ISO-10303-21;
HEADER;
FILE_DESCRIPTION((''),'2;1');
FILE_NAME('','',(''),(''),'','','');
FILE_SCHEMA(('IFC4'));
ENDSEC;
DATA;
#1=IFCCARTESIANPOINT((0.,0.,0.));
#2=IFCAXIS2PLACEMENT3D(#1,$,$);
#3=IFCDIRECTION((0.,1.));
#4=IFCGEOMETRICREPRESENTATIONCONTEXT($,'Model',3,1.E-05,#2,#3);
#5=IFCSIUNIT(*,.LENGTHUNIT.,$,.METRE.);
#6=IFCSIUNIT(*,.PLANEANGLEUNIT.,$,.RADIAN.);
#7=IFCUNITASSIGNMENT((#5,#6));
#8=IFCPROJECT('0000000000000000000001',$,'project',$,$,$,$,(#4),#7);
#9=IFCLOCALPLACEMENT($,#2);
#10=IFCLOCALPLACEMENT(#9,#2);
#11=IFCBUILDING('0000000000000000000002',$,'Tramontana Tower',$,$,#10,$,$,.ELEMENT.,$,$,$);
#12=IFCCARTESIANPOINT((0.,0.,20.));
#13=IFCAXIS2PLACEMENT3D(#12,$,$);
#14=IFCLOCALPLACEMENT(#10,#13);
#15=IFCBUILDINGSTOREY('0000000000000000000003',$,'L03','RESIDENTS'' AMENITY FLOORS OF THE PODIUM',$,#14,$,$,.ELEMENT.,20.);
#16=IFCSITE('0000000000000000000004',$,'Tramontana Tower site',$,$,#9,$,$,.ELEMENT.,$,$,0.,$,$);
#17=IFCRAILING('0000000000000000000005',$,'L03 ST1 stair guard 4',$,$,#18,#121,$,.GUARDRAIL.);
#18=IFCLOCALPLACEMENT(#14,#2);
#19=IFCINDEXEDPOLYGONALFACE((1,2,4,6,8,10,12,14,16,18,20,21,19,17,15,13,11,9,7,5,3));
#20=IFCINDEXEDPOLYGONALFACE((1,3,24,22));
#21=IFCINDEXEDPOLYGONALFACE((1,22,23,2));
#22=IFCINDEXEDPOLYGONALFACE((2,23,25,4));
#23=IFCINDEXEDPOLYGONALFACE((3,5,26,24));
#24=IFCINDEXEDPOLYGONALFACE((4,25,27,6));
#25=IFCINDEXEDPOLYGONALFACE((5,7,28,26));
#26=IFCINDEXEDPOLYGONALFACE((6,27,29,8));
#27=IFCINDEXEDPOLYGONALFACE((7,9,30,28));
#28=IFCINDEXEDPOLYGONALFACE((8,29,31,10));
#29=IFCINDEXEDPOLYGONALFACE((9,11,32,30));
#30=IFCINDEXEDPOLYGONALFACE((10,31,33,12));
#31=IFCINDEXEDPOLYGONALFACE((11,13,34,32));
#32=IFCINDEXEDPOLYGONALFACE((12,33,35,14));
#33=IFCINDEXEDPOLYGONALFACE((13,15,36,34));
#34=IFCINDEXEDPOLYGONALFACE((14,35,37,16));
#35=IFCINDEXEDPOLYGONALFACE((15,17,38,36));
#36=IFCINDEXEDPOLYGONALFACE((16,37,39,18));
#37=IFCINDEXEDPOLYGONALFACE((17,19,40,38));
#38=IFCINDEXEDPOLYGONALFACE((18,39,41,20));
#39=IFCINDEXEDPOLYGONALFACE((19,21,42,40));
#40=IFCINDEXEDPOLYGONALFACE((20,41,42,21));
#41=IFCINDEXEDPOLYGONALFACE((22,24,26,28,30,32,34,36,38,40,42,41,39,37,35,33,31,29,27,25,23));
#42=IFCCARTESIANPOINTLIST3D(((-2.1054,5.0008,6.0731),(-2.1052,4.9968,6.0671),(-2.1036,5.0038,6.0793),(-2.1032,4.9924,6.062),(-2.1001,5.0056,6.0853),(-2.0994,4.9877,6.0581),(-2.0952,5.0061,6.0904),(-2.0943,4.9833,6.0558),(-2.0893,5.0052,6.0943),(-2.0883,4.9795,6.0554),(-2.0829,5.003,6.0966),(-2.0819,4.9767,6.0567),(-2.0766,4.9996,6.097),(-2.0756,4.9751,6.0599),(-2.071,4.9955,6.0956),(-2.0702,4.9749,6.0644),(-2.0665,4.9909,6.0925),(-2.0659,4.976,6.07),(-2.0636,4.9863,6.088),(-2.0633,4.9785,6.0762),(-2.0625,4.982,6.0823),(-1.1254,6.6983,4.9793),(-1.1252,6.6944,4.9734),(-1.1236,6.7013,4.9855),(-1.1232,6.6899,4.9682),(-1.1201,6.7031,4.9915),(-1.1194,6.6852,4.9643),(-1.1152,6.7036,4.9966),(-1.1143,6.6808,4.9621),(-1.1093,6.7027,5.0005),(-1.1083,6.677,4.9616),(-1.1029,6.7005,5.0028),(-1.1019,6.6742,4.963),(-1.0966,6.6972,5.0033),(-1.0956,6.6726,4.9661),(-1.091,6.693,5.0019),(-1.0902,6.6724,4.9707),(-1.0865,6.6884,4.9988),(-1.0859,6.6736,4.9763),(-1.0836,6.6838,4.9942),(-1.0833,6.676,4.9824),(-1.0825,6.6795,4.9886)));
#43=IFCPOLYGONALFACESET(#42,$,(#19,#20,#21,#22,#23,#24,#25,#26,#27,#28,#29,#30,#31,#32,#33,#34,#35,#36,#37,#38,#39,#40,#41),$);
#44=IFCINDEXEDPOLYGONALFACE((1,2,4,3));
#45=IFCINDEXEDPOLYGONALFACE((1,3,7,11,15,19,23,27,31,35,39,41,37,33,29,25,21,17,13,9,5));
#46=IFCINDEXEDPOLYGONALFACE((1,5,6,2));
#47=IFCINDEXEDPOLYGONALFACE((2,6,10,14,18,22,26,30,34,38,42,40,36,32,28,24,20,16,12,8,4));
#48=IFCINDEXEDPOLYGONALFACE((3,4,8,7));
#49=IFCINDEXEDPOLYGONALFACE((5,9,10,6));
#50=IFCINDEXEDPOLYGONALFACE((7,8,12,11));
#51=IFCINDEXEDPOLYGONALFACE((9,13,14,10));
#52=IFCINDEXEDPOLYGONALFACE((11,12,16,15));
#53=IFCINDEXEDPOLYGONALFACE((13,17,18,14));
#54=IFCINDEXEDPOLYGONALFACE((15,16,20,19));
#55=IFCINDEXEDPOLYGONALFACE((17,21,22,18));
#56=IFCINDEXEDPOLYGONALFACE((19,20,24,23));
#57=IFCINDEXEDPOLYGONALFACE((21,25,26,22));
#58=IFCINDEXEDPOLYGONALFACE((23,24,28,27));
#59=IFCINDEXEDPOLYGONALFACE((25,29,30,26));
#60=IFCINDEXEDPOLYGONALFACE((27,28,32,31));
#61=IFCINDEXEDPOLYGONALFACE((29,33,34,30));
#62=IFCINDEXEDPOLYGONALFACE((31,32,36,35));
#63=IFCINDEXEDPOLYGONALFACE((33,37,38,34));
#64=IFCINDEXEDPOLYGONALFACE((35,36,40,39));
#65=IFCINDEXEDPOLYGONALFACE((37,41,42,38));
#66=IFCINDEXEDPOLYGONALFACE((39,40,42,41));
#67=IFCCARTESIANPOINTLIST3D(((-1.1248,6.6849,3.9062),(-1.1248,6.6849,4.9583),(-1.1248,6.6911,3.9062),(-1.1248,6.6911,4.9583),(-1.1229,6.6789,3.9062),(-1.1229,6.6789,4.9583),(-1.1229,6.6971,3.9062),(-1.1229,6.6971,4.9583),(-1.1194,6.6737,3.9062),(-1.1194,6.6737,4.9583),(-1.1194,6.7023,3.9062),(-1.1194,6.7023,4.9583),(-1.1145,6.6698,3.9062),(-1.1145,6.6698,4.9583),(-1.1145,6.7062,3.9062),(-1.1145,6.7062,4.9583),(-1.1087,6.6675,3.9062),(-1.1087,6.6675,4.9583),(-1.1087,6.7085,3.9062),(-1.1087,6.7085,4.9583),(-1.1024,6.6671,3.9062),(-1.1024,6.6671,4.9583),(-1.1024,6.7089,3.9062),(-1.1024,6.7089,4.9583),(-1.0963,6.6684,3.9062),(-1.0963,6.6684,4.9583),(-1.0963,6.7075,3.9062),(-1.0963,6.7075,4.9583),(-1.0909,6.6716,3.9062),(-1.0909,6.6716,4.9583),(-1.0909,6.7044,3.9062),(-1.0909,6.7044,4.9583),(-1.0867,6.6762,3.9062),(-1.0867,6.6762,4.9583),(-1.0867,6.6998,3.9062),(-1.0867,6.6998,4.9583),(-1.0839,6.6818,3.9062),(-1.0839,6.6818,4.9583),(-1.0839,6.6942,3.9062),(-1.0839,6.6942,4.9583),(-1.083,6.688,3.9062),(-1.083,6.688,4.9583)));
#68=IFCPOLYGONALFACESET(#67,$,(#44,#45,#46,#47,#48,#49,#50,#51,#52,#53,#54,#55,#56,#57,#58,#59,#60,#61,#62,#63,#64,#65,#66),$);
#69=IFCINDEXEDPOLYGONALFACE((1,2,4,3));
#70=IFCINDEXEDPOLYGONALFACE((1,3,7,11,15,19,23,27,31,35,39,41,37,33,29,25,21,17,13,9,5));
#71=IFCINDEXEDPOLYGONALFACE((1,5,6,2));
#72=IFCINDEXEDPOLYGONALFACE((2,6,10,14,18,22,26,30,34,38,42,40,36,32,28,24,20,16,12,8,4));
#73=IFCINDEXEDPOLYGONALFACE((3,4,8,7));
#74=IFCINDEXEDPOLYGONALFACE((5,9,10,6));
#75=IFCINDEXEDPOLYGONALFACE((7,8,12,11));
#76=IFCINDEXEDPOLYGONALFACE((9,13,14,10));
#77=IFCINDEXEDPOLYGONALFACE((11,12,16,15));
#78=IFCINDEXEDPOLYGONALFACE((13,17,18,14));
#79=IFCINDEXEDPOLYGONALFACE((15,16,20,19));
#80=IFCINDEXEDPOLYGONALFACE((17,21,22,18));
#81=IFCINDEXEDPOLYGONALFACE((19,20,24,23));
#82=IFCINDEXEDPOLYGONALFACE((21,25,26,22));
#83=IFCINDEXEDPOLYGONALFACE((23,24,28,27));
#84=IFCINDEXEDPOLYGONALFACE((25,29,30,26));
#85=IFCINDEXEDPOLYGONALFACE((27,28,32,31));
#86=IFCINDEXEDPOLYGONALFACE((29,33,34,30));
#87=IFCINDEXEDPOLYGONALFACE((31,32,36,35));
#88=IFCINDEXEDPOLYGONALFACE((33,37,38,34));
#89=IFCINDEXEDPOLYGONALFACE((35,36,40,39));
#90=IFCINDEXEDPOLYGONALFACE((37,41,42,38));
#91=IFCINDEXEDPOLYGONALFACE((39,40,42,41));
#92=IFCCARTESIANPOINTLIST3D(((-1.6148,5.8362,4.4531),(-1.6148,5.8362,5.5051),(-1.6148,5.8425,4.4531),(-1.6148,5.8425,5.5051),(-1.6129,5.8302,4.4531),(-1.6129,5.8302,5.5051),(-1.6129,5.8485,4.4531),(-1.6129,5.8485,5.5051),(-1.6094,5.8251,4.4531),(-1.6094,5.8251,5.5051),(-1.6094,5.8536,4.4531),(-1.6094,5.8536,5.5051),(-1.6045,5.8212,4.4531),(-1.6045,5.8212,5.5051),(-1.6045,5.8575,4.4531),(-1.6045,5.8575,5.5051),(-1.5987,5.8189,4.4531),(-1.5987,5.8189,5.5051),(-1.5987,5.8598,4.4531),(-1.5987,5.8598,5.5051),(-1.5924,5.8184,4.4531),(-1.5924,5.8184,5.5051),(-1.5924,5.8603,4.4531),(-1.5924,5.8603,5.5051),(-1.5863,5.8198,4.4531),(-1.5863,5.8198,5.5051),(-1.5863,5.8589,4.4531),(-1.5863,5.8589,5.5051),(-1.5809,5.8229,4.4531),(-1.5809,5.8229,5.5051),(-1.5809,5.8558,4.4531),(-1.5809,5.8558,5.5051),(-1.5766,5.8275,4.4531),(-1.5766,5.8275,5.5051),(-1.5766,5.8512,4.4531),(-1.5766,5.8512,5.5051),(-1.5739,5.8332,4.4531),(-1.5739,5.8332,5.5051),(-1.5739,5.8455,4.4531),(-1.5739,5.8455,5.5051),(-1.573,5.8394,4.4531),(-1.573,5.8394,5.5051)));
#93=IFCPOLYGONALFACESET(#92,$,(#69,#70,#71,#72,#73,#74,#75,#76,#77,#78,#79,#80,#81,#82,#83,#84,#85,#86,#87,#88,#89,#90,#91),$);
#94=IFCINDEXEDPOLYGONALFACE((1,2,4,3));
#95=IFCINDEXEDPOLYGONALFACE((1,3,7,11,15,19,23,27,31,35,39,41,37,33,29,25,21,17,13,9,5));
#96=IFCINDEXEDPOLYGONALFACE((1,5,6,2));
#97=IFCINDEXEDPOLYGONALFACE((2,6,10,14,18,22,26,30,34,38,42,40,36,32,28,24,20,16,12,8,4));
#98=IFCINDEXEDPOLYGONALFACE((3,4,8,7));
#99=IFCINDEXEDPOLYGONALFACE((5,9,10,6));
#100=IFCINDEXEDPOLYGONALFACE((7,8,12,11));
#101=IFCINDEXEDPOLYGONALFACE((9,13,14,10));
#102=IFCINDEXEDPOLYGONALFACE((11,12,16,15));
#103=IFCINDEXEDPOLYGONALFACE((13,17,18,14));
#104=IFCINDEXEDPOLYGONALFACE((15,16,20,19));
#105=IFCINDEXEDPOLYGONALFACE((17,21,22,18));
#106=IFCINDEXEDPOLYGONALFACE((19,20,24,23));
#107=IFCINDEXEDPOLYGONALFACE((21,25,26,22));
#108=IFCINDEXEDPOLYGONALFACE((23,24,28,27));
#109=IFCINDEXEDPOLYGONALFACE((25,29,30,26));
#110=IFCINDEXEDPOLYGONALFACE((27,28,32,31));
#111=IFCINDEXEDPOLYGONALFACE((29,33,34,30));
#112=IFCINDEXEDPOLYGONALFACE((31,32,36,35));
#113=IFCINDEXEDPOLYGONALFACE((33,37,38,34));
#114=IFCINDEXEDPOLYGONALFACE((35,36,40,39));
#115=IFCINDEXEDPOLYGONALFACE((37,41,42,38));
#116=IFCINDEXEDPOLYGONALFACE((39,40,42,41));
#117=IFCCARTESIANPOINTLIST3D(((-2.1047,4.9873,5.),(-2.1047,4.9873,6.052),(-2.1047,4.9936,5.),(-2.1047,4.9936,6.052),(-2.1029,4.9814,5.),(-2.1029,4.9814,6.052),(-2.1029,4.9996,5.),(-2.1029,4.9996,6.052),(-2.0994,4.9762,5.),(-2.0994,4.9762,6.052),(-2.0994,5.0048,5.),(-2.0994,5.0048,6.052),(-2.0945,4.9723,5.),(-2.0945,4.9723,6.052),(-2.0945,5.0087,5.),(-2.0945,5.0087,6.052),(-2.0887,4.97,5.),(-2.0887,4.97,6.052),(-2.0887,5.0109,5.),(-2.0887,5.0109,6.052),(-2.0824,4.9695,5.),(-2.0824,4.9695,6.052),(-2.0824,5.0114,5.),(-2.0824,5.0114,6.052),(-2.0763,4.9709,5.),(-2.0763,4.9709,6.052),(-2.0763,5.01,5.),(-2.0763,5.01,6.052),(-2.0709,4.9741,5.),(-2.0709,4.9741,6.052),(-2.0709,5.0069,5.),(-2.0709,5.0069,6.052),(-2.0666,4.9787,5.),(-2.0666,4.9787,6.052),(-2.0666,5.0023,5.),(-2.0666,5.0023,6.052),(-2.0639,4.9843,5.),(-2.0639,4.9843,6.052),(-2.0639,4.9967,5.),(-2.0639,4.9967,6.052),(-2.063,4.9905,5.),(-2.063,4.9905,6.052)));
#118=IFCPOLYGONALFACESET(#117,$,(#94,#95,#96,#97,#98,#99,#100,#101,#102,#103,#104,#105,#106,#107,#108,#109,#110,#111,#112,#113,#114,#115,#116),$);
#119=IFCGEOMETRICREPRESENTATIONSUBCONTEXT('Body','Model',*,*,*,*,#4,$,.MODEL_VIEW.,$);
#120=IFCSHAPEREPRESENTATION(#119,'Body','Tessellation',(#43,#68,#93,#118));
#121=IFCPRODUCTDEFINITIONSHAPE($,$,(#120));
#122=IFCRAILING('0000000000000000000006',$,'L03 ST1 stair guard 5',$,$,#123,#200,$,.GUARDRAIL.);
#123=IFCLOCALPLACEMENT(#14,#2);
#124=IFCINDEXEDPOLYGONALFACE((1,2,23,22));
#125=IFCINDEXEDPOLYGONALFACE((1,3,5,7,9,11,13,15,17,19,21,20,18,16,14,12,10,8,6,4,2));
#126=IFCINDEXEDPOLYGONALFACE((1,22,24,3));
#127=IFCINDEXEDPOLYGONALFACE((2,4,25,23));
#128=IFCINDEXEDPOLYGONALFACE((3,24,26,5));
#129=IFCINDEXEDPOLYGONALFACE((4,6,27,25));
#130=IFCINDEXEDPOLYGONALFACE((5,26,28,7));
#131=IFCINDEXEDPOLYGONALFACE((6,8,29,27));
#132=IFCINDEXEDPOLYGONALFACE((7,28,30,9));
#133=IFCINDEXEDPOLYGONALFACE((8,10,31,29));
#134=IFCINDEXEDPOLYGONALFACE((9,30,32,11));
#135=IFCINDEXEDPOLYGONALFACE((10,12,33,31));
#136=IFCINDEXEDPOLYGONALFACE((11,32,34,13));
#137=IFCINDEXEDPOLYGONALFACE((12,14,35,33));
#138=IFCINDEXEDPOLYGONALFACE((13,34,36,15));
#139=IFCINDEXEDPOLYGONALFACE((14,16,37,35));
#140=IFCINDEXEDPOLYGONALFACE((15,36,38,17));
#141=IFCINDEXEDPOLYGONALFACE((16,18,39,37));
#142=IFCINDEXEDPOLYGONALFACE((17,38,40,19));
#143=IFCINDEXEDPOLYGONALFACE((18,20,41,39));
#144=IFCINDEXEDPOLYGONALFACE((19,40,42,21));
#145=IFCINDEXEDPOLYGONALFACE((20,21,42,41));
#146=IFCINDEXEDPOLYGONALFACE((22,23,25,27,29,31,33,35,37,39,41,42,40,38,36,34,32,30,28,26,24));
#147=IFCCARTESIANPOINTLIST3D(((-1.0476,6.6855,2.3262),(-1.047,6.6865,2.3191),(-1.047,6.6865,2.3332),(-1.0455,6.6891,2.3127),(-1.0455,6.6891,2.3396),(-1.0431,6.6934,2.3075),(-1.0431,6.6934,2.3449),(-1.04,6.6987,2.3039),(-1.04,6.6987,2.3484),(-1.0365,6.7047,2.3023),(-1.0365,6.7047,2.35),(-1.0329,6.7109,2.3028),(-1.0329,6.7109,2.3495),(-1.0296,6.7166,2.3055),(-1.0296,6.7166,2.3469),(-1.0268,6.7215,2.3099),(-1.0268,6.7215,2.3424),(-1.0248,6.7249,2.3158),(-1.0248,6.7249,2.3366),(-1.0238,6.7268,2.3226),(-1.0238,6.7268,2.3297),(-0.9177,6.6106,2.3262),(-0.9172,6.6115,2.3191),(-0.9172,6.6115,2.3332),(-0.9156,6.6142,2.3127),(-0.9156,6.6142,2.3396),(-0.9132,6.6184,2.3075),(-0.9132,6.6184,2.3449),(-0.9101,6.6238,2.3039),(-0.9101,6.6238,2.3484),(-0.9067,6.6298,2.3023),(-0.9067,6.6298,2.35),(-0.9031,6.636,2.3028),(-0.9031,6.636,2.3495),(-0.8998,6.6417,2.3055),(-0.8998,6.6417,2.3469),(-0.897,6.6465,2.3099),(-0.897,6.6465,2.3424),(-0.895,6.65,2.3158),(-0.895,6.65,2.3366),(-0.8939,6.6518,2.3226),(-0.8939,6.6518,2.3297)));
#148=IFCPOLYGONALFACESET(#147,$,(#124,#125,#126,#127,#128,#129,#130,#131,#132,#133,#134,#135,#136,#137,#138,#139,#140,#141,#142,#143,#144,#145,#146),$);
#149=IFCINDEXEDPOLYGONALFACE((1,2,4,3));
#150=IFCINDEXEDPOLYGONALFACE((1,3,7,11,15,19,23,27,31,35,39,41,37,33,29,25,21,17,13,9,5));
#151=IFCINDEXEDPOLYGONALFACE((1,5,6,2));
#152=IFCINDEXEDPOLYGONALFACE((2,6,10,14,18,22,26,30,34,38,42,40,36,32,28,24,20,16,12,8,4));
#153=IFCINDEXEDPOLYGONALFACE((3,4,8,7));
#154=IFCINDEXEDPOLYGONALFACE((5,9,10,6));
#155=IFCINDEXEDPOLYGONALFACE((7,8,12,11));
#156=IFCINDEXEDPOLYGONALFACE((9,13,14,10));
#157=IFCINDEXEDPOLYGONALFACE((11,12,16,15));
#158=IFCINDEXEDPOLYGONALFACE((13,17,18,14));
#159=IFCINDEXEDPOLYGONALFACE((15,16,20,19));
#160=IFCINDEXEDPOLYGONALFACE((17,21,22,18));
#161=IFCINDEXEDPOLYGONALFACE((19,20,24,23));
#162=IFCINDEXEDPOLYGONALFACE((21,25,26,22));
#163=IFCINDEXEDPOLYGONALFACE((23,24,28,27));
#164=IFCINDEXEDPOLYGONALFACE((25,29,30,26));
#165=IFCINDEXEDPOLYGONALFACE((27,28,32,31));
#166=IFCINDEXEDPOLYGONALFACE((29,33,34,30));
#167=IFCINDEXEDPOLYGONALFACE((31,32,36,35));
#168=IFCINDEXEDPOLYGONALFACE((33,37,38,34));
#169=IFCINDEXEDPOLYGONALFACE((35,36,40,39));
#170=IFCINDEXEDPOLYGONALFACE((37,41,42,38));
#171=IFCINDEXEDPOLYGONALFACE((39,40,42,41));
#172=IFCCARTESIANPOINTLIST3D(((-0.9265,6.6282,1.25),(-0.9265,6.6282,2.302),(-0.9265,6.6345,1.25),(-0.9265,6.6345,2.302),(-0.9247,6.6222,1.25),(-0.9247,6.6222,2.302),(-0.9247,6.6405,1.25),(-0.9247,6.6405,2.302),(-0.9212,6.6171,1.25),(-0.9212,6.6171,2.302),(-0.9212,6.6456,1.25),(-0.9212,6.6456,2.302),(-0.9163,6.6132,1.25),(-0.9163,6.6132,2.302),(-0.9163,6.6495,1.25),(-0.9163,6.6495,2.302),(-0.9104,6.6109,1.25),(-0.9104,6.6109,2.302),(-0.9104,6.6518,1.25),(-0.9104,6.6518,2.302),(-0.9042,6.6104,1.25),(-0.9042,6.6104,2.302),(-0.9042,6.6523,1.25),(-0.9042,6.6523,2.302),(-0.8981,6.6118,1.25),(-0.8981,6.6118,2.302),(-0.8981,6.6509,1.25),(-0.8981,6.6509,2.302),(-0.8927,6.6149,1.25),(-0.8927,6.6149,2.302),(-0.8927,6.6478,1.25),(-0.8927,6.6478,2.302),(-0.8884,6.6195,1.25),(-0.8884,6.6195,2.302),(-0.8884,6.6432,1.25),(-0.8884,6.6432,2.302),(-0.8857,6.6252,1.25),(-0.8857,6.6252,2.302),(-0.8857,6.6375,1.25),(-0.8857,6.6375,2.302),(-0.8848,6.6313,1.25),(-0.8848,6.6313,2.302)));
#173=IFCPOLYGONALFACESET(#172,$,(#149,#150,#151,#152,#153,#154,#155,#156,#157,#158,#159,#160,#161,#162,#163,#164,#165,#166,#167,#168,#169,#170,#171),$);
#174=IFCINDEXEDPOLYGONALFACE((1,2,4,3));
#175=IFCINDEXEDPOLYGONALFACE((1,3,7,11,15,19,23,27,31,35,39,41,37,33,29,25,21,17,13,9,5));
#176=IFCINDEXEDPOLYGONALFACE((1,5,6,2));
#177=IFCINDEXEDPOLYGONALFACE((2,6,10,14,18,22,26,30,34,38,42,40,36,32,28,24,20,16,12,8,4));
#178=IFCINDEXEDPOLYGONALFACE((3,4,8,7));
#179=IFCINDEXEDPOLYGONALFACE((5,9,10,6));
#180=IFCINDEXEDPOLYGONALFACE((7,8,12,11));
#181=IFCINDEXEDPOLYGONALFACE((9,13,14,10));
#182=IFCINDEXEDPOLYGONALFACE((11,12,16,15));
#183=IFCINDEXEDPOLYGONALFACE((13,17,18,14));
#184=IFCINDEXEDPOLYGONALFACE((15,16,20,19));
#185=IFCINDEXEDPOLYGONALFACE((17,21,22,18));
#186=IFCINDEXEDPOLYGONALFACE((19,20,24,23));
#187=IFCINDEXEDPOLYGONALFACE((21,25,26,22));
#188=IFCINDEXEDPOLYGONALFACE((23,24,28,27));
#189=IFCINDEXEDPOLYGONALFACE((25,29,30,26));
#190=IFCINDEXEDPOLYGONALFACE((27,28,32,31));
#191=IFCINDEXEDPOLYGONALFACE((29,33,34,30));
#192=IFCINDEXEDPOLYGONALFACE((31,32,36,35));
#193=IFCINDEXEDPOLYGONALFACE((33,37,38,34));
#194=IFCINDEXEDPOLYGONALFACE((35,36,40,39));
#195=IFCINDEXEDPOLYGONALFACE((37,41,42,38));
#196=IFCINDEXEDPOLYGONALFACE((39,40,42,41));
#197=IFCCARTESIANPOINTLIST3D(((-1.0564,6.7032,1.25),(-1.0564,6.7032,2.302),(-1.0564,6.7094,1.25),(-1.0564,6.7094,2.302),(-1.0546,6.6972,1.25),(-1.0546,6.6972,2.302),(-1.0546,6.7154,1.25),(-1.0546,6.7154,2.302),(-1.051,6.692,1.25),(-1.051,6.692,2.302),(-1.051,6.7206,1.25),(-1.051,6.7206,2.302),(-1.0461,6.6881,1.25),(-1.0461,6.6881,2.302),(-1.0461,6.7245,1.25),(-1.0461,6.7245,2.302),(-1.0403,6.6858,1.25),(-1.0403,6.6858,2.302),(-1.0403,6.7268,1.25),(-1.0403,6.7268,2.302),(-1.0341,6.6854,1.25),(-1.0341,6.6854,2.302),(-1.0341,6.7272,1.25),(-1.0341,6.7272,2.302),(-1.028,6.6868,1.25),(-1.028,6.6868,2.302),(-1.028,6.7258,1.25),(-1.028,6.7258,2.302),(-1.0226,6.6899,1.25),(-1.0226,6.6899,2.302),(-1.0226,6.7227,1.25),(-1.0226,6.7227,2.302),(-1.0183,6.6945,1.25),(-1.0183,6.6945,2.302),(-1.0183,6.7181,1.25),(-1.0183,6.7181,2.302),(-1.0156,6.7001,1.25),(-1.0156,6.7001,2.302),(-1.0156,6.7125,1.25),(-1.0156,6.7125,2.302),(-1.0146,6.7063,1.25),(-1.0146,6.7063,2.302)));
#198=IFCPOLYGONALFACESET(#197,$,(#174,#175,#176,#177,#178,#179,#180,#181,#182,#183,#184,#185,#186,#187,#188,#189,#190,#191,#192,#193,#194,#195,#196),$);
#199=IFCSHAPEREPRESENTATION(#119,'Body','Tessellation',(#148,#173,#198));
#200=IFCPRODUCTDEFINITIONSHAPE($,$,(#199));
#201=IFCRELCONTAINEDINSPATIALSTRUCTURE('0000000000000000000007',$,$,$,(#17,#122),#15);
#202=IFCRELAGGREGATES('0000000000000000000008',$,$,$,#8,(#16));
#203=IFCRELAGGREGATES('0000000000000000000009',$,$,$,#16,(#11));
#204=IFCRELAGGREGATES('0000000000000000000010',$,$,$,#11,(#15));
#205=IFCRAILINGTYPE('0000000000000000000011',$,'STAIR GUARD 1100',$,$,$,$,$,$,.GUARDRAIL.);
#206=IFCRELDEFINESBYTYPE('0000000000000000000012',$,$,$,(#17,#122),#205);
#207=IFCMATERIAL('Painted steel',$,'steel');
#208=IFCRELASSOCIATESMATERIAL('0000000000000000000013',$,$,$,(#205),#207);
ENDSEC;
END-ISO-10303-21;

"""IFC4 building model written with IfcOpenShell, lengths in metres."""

from ifc_helpers import new_model, si_unit, direction, frame, origin, origin_2d, place, context, subcontext, project, spatial, circle, extrude, material, type_object, element, save


model = new_model("IFC4")

# Units and contexts
model_context = context("Model", 3, precision=1e-05, world=origin(), true_north=direction((0.0, 1.0)))
body_context = subcontext(model_context, "Body", "Model", "MODEL_VIEW")
ifc_project = project(units=[si_unit("LENGTHUNIT", "METRE"), si_unit("PLANEANGLEUNIT", "RADIAN")], contexts=[model_context])

# Site, building, storey
site_placement = place(None, origin())
site = spatial("IfcSite", under=ifc_project, at=site_placement, Name="Tramontana Tower site", CompositionType="ELEMENT", RefElevation=0.0)
building_placement = place(site_placement, origin())
building = spatial("IfcBuilding", under=site, at=building_placement, Name="Tramontana Tower", CompositionType="ELEMENT")
storey_placement = place(building_placement, frame((0.0, 0.0, 20.0)))
storey = spatial("IfcBuildingStorey", under=building, at=storey_placement, Name="L03", Description="RESIDENTS' AMENITY FLOORS OF THE PODIUM", CompositionType="ELEMENT", Elevation=20.0)

# Railings
ifc_material_1 = material(Name="Painted steel", Category="steel")
railing_type_1 = type_object("IfcRailingType", Name="STAIR GUARD 1100", PredefinedType="GUARDRAIL", material=ifc_material_1)
railing_1_placement = place(storey_placement, frame((-1.104, 6.688, 3.9062)))
element("IfcRailing", 1, at=railing_1_placement, inside=storey, type_object=railing_type_1, Name="L03 ST1 stair guard 4", PredefinedType="GUARDRAIL", context=body_context, shape_type="SweptSolid", body=[
    extrude(circle(Radius=0.0239, at=origin_2d()), frame((0.0, 0.0, 1.0762), z_axis=(-0.436596, -0.756267, 0.487282), x_axis=(0.866042, -0.49997, 0.0)), (0.0, 0.0, 1.0), 2.2446),
    extrude(circle(Radius=0.021, at=origin_2d()), origin(), (0.0, 0.0, 1.0), 1.052),
    extrude(circle(Radius=0.021, at=origin_2d()), frame((-0.49, -0.8486, 0.5469)), (0.0, 0.0, 1.0), 1.052),
    extrude(circle(Radius=0.021, at=origin_2d()), frame((-0.98, -1.6975, 1.0938)), (0.0, 0.0, 1.0), 1.052),
])
railing_2_placement = place(storey_placement, frame((-0.9058, 6.6313, 1.25)))
element("IfcRailing", 2, at=railing_2_placement, inside=storey, type_object=railing_type_1, Name="L03 ST1 stair guard 5", PredefinedType="GUARDRAIL", context=body_context, shape_type="SweptSolid", body=[
    extrude(circle(Radius=0.0239, at=origin_2d()), frame((0.0, 0.0, 1.0762), z_axis=(-0.866131, 0.499816, 0.0), x_axis=(-0.499816, -0.866131, 0.0)), (0.0, 0.0, 1.0), 0.1499),
    extrude(circle(Radius=0.021, at=origin_2d()), origin(), (0.0, 0.0, 1.0), 1.052),
    extrude(circle(Radius=0.021, at=origin_2d()), frame((-0.1299, 0.075, 0.0)), (0.0, 0.0, 1.0), 1.052),
])

save(model, "model.ifc")
